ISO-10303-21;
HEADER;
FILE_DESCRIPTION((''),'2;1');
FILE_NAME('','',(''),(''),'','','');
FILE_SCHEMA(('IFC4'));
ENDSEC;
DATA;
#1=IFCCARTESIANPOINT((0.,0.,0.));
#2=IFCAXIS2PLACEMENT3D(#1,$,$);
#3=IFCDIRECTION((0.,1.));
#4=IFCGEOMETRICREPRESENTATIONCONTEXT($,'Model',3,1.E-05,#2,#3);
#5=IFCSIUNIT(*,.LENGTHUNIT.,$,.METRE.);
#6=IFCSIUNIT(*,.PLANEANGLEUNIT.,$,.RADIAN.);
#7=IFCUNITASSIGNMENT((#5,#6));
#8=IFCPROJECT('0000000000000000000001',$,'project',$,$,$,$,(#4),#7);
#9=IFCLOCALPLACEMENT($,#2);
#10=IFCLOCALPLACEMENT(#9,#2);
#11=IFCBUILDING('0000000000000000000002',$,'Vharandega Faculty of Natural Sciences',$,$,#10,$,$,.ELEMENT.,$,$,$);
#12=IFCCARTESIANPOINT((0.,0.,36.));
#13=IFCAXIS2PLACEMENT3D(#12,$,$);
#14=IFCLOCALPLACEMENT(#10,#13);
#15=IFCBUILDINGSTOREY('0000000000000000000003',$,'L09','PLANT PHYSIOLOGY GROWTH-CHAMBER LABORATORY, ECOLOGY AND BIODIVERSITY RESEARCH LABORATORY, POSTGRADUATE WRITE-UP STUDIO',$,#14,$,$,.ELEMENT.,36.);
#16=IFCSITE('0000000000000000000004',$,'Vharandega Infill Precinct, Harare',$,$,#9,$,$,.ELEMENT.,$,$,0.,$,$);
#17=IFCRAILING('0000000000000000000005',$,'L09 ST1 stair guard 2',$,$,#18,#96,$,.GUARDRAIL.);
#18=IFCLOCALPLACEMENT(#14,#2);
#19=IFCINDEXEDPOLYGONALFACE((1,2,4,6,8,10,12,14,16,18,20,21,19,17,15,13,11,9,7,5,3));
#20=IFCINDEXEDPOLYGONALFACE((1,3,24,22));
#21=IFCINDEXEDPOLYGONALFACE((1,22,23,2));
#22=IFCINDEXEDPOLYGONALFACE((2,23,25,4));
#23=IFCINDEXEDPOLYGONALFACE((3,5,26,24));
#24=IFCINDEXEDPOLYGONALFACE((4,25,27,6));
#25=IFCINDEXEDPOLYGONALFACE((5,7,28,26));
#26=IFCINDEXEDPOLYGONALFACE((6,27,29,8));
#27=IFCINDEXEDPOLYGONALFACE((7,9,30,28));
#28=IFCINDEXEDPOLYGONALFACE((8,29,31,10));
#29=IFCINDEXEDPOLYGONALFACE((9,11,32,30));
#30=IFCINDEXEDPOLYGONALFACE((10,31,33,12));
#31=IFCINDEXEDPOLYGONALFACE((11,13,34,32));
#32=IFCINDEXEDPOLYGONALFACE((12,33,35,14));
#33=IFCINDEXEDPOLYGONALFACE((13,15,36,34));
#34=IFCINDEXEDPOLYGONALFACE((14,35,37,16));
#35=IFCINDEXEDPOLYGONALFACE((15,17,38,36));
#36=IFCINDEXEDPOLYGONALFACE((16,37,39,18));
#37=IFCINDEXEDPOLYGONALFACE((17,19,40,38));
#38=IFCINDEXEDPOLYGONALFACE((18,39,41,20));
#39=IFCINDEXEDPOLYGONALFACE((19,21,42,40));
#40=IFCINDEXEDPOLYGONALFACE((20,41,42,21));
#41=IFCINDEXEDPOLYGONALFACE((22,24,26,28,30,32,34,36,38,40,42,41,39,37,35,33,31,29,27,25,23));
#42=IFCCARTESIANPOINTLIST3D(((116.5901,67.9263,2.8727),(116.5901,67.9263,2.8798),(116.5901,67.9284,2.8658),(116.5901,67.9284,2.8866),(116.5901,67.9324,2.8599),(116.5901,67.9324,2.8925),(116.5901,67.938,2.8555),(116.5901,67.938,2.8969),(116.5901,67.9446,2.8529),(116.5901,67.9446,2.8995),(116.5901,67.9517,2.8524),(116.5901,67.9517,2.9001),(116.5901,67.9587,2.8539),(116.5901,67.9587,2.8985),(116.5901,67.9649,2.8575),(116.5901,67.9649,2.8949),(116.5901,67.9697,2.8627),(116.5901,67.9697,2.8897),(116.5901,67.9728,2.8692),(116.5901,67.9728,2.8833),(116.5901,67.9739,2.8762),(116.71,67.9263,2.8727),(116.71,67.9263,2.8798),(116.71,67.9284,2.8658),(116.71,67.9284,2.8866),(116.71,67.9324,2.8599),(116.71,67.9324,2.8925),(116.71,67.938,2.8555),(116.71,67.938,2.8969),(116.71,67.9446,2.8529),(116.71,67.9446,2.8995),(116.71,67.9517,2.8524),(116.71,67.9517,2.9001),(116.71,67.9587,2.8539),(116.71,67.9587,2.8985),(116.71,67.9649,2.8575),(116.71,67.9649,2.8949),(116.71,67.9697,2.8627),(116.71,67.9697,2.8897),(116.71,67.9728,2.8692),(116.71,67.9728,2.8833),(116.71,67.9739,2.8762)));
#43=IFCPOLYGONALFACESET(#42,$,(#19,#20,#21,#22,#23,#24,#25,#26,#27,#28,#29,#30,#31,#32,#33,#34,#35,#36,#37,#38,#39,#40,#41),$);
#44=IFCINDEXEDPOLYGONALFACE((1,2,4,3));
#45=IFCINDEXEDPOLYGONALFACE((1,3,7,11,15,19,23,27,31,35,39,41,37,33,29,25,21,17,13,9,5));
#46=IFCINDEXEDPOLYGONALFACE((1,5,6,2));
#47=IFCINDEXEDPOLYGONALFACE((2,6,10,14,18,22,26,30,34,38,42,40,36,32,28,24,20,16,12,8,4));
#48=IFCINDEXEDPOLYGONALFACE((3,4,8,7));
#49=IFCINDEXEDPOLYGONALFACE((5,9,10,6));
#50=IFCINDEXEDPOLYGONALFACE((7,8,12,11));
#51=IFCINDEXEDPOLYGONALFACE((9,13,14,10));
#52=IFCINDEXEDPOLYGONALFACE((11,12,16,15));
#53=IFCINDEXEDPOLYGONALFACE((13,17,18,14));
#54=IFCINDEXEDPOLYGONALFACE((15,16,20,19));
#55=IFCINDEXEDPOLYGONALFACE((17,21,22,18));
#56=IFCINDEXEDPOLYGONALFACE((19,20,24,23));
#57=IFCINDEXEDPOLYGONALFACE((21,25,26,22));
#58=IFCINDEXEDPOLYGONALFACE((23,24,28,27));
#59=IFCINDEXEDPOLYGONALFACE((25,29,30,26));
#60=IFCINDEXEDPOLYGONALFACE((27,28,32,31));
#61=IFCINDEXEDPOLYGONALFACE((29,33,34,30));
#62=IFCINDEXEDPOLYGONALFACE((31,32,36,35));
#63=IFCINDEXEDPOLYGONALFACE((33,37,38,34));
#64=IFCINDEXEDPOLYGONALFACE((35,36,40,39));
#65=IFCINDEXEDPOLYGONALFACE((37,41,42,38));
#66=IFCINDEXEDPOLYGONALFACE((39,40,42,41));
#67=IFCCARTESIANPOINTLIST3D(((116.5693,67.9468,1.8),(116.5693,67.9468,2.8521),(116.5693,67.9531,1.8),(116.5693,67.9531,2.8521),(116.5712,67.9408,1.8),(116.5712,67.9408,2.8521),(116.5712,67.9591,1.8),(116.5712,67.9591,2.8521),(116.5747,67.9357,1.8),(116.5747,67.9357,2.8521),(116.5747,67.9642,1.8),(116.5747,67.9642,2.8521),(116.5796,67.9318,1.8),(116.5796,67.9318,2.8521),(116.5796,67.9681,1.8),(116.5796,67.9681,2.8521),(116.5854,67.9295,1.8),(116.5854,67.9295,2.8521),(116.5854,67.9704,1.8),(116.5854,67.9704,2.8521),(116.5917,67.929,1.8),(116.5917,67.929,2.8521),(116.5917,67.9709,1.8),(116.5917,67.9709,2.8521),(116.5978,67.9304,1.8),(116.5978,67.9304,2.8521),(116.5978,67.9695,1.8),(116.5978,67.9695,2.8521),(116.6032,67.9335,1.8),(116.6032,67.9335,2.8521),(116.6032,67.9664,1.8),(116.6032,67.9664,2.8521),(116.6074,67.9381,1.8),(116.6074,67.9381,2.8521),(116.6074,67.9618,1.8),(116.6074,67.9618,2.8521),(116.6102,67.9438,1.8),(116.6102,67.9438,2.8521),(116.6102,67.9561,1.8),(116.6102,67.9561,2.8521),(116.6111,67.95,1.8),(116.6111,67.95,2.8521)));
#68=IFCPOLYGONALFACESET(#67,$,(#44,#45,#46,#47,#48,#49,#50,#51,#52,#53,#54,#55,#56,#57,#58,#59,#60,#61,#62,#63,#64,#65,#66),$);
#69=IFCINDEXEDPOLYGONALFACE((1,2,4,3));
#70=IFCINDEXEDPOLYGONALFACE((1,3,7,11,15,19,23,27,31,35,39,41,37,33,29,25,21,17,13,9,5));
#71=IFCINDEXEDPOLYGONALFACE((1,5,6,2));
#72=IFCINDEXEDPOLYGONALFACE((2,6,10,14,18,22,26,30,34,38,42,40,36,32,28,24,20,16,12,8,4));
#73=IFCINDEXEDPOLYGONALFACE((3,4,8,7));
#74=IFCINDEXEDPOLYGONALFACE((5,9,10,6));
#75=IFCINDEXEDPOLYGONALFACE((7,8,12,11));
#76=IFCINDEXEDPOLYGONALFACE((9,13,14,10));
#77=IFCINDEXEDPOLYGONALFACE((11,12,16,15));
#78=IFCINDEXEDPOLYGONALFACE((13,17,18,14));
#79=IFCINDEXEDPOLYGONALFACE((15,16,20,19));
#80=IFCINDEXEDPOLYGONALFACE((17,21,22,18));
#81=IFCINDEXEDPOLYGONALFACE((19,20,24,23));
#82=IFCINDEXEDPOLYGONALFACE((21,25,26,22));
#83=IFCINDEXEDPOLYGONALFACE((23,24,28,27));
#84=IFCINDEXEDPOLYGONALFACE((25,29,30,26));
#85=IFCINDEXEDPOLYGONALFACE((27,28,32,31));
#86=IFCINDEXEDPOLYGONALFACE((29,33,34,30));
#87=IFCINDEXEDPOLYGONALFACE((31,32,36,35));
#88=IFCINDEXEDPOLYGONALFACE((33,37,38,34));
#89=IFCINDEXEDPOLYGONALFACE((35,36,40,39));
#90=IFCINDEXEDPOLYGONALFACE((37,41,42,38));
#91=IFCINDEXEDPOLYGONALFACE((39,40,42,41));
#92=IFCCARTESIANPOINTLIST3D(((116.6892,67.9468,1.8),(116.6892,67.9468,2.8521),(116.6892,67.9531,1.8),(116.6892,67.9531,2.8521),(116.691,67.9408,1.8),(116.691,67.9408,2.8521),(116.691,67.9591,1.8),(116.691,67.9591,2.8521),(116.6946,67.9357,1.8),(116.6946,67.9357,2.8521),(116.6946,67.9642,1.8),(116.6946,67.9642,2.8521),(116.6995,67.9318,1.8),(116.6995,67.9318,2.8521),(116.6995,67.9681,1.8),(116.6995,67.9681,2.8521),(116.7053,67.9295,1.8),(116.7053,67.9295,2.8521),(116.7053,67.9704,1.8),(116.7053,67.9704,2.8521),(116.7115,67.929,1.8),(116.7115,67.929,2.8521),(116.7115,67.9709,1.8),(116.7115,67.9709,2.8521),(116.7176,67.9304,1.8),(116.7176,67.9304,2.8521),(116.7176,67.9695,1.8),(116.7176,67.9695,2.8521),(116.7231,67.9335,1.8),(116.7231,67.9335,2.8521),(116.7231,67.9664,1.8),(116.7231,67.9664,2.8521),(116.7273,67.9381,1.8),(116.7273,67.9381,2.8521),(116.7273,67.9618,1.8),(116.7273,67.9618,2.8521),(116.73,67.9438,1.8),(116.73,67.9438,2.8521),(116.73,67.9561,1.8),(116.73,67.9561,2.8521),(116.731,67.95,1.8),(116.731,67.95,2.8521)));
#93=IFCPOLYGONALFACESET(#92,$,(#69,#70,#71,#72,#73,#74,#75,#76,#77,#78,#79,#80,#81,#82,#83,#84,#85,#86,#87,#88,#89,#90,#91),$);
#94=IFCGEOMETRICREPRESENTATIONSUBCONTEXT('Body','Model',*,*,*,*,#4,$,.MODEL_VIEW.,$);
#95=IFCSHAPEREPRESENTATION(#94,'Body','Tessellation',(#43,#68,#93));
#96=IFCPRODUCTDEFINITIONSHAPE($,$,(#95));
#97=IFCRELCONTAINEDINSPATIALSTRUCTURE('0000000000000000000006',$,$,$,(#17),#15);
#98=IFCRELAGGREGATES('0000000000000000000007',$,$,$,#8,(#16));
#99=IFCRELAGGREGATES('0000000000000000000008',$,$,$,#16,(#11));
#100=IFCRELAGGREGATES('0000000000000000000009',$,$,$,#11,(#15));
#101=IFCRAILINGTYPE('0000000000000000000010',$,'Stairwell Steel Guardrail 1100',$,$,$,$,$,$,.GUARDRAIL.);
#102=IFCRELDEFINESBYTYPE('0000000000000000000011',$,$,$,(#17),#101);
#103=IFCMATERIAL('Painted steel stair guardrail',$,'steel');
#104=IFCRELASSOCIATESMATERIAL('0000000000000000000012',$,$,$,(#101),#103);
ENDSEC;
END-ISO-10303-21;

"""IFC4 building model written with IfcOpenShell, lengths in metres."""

from ifc_helpers import new_model, si_unit, direction, frame, origin, origin_2d, place, context, subcontext, project, spatial, circle, extrude, material, type_object, element, save


model = new_model("IFC4")

# Units and contexts
model_context = context("Model", 3, precision=1e-05, world=origin(), true_north=direction((0.0, 1.0)))
body_context = subcontext(model_context, "Body", "Model", "MODEL_VIEW")
ifc_project = project(units=[si_unit("LENGTHUNIT", "METRE"), si_unit("PLANEANGLEUNIT", "RADIAN")], contexts=[model_context])

# Site, building, storey
site_placement = place(None, origin())
site = spatial("IfcSite", under=ifc_project, at=site_placement, Name="Vharandega Infill Precinct, Harare", CompositionType="ELEMENT", RefElevation=0.0)
building_placement = place(site_placement, origin())
building = spatial("IfcBuilding", under=site, at=building_placement, Name="Vharandega Faculty of Natural Sciences", CompositionType="ELEMENT")
storey_placement = place(building_placement, frame((0.0, 0.0, 36.0)))
storey = spatial("IfcBuildingStorey", under=building, at=storey_placement, Name="L09", Description="PLANT PHYSIOLOGY GROWTH-CHAMBER LABORATORY, ECOLOGY AND BIODIVERSITY RESEARCH LABORATORY, POSTGRADUATE WRITE-UP STUDIO", CompositionType="ELEMENT", Elevation=36.0)

# Railing
ifc_material_1 = material(Name="Painted steel stair guardrail", Category="steel")
railing_type_1 = type_object("IfcRailingType", Name="Stairwell Steel Guardrail 1100", PredefinedType="GUARDRAIL", material=ifc_material_1)
railing_1_placement = place(storey_placement, frame((116.5901, 67.95, 1.8)))
element("IfcRailing", 1, at=railing_1_placement, inside=storey, type_object=railing_type_1, Name="L09 ST1 stair guard 2", PredefinedType="GUARDRAIL", context=body_context, shape_type="SweptSolid", body=[
    extrude(circle(Radius=0.0239, at=origin_2d()), frame((0.0, 0.0, 1.0762), z_axis=(1.0, 0.0, 0.0), x_axis=(0.0, 1.0, 0.0)), (0.0, 0.0, 1.0), 0.1199),
    extrude(circle(Radius=0.021, at=origin_2d()), origin(), (0.0, 0.0, 1.0), 1.052),
    extrude(circle(Radius=0.021, at=origin_2d()), frame((0.1199, 0.0, 0.0)), (0.0, 0.0, 1.0), 1.052),
])

save(model, "model.ifc")
